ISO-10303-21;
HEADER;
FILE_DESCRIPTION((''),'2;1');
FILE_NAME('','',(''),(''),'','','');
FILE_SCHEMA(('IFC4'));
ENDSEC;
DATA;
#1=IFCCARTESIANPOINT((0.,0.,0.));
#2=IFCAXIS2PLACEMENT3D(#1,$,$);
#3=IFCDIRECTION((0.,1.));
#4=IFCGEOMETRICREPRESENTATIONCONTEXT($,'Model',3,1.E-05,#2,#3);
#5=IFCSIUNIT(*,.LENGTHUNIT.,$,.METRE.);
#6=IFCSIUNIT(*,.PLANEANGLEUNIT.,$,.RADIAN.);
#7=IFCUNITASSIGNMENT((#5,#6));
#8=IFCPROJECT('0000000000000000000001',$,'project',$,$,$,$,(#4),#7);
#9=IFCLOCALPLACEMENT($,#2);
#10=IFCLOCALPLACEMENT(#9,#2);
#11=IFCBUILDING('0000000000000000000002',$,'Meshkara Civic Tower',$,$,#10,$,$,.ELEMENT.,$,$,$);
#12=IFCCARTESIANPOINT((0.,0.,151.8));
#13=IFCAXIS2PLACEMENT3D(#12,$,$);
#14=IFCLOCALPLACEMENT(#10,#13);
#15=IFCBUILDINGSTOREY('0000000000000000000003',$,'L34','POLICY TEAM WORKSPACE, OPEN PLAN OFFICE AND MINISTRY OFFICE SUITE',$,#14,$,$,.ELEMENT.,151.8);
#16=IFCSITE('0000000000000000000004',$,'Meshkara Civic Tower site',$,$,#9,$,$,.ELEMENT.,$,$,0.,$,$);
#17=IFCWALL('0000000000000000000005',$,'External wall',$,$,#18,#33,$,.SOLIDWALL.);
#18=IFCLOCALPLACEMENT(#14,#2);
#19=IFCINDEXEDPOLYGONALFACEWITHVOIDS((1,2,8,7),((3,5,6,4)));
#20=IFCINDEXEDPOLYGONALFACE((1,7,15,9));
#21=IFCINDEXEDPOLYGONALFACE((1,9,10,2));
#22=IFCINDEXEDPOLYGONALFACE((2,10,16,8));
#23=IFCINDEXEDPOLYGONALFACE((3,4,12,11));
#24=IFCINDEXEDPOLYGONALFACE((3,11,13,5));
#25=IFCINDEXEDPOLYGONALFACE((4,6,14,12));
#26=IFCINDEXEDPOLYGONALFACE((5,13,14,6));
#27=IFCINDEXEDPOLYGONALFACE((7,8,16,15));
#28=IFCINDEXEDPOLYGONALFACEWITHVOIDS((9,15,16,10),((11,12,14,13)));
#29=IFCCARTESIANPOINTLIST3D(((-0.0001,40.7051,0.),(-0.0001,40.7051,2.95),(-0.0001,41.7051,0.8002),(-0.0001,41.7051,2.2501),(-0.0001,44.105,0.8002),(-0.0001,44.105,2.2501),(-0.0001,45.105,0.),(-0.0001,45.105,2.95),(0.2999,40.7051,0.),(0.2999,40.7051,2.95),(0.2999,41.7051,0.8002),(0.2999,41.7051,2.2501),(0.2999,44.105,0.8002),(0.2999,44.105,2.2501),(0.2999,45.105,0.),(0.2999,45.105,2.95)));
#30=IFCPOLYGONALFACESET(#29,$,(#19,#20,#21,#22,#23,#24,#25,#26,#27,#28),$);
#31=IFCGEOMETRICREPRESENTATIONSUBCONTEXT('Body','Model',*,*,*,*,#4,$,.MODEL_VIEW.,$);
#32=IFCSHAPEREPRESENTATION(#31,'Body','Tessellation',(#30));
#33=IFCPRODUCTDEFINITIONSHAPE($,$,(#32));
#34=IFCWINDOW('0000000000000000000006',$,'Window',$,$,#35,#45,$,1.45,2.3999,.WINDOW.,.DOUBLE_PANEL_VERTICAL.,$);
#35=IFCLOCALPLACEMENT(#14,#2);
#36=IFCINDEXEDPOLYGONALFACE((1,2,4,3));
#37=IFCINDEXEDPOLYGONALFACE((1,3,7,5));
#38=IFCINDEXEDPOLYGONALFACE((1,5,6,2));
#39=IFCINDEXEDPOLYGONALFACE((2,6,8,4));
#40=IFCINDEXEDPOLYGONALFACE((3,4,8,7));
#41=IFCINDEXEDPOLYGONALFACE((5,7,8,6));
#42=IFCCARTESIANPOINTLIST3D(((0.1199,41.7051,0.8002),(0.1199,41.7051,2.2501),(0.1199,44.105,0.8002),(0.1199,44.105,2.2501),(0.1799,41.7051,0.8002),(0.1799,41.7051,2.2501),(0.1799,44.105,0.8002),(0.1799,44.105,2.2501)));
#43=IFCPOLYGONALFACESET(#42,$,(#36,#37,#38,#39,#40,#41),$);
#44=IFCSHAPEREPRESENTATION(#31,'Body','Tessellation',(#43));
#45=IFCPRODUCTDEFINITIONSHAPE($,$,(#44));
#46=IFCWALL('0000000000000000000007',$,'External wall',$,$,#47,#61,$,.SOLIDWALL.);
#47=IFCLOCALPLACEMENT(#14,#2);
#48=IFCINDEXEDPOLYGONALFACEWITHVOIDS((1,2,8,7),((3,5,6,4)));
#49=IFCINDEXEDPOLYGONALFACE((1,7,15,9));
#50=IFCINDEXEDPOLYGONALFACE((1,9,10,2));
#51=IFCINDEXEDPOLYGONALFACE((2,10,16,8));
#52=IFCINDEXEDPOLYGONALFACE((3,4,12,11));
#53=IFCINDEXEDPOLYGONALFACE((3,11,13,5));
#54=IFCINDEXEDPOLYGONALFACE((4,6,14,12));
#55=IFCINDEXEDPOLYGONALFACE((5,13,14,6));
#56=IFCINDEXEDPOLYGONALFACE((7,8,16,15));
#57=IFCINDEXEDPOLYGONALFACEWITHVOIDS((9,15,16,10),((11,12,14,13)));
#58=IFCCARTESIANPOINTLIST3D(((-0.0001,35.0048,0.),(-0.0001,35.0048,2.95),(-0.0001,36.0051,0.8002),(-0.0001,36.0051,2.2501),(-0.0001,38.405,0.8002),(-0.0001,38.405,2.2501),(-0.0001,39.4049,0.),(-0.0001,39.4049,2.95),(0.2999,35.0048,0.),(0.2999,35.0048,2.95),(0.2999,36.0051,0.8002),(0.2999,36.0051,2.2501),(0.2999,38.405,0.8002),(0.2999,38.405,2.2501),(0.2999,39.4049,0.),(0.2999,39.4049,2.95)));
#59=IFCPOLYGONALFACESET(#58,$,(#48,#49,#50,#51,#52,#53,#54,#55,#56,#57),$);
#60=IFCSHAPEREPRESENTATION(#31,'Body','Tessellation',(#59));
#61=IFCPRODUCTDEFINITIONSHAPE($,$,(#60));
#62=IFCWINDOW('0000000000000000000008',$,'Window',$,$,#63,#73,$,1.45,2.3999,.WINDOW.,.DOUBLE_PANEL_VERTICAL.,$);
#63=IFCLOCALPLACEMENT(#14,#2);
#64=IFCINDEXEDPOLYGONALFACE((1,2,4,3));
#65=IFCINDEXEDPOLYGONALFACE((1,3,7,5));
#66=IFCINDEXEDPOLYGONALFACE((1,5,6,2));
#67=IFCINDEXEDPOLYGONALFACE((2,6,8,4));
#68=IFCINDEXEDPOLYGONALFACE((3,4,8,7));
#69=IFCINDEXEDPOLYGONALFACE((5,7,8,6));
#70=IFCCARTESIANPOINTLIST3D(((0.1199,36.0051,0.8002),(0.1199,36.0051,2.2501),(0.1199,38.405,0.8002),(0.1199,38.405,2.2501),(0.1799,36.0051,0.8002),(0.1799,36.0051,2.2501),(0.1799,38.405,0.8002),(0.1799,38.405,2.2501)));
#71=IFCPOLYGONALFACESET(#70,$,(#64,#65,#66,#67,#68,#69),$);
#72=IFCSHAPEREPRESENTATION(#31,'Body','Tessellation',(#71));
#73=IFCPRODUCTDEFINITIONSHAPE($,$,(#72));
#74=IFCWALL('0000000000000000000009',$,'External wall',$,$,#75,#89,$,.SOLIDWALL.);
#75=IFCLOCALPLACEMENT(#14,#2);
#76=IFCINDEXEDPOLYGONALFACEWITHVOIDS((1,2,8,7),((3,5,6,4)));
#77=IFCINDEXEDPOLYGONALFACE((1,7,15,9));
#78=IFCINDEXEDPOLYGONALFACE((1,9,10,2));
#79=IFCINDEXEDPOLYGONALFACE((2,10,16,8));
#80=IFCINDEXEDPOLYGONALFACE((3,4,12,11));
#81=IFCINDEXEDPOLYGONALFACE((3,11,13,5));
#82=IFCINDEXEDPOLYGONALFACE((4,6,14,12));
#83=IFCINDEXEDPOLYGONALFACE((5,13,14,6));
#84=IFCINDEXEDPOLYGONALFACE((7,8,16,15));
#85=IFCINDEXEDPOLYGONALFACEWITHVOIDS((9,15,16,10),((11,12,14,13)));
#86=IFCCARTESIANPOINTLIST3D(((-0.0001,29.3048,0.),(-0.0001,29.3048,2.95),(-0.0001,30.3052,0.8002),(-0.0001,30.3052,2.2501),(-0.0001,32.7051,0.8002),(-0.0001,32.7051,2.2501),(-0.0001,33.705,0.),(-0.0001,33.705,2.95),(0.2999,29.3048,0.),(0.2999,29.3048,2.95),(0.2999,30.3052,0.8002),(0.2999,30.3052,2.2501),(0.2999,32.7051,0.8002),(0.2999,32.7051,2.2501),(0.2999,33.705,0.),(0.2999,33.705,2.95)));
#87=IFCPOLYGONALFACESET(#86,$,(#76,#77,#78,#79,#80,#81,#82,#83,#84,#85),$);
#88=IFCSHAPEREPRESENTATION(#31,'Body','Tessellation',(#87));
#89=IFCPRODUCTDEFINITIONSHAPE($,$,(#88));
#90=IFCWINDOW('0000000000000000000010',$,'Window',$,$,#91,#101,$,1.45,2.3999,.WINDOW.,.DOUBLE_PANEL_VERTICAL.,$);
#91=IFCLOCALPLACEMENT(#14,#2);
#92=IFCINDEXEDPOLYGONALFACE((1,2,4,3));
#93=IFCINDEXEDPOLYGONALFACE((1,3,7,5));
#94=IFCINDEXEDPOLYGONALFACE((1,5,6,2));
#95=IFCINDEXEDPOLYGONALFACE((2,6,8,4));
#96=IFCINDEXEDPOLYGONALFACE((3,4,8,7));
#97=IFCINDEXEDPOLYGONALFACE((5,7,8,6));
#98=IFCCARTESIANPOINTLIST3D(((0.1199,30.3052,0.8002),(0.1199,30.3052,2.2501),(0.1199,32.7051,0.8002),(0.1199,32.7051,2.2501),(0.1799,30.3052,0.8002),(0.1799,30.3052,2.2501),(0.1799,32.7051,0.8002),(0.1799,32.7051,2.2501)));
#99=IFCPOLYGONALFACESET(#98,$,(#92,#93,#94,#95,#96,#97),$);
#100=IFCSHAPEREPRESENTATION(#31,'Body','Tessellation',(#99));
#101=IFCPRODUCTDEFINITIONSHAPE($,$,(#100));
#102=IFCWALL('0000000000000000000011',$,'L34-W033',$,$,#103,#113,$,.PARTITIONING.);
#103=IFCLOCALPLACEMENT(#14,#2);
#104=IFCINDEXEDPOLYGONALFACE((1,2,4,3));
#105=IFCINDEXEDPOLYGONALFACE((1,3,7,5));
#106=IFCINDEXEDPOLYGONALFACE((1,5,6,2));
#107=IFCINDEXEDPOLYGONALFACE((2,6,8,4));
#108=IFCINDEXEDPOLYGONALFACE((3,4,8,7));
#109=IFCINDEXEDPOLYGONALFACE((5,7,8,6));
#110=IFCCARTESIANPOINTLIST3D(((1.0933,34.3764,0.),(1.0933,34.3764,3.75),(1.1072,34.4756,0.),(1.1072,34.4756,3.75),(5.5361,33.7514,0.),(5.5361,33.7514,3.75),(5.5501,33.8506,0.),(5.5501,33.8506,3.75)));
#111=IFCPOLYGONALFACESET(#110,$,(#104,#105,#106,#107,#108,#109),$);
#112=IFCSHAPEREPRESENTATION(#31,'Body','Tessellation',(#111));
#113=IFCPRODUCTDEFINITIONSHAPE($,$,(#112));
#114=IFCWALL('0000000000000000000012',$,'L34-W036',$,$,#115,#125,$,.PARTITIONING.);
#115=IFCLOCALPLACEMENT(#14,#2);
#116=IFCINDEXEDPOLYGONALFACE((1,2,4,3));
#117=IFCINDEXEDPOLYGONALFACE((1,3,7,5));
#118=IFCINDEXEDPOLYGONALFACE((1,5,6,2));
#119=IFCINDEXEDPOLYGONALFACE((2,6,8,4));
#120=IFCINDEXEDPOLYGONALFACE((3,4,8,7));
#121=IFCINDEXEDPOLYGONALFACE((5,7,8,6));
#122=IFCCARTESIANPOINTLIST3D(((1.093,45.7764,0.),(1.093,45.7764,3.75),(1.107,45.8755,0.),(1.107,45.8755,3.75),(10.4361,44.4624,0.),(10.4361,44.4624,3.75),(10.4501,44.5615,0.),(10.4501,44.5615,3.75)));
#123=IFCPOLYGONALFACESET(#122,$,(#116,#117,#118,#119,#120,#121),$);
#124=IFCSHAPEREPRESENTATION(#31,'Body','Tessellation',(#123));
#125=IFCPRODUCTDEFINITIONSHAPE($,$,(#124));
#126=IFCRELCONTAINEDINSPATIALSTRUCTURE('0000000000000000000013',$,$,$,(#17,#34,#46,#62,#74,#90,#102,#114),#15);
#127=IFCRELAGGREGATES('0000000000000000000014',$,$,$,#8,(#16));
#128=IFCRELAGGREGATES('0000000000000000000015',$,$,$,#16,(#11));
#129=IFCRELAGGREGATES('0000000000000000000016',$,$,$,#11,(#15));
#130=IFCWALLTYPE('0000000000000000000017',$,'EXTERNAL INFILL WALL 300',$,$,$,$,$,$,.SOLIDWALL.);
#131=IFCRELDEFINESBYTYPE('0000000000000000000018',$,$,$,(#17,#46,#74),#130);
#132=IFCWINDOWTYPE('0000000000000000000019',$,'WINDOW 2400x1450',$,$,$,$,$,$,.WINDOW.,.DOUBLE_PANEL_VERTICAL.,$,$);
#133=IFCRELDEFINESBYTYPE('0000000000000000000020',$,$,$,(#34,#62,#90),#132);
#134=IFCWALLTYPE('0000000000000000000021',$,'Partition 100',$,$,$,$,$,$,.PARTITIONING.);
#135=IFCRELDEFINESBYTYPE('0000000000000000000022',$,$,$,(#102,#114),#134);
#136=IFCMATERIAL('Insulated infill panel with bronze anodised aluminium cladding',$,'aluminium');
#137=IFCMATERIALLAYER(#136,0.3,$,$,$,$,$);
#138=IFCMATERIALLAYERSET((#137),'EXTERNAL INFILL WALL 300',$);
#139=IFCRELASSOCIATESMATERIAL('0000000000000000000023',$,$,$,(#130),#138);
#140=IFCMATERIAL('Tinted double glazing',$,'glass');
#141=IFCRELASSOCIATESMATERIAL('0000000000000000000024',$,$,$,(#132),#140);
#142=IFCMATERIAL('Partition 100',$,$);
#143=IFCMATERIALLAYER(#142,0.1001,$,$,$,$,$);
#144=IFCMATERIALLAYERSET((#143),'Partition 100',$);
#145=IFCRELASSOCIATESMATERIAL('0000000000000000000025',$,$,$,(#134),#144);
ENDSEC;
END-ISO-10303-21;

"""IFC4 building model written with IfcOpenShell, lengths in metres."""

from ifc_helpers import new_model, si_unit, direction, frame, frame_2d, origin, place, context, subcontext, project, spatial, rectangle, extrude, material, layer, layer_set, type_object, element, fill, save


model = new_model("IFC4")

# Units and contexts
model_context = context("Model", 3, precision=1e-05, world=origin(), true_north=direction((0.0, 1.0)))
body_context = subcontext(model_context, "Body", "Model", "MODEL_VIEW")
ifc_project = project(units=[si_unit("LENGTHUNIT", "METRE"), si_unit("PLANEANGLEUNIT", "RADIAN")], contexts=[model_context])

# Site, building, storey
site_placement = place(None, origin())
site = spatial("IfcSite", under=ifc_project, at=site_placement, Name="Meshkara Civic Tower site", CompositionType="ELEMENT", RefElevation=0.0)
building_placement = place(site_placement, origin())
building = spatial("IfcBuilding", under=site, at=building_placement, Name="Meshkara Civic Tower", CompositionType="ELEMENT")
storey_placement = place(building_placement, frame((0.0, 0.0, 151.8)))
storey = spatial("IfcBuildingStorey", under=building, at=storey_placement, Name="L34", Description="POLICY TEAM WORKSPACE, OPEN PLAN OFFICE AND MINISTRY OFFICE SUITE", CompositionType="ELEMENT", Elevation=151.8)

# Walls, openings, windows
ifc_material_1 = material(Name="Insulated infill panel with bronze anodised aluminium cladding", Category="aluminium")
ifc_layer_1 = layer(ifc_material_1, 0.3)
ifc_layer_set_1 = layer_set([ifc_layer_1], Name="EXTERNAL INFILL WALL 300")
wall_type_1 = type_object("IfcWallType", Name="EXTERNAL INFILL WALL 300", PredefinedType="SOLIDWALL", material=ifc_layer_set_1)
wall_1_placement = place(storey_placement, frame((0.1499, 45.105, 0.0), z_axis=(0.0, 0.0, 1.0), x_axis=(0.0, -1.0, 0.0)))
wall_1 = element("IfcWall", 1, at=wall_1_placement, inside=storey, type_object=wall_type_1, Name="External wall", PredefinedType="SOLIDWALL", context=body_context, shape_type="SweptSolid", body=[
    extrude(rectangle(XDim=4.3999, YDim=0.3, at=frame_2d((2.2, 0.0))), origin(), (0.0, 0.0, 1.0), 2.95),
])
opening_1_placement = place(wall_1_placement, frame((1.0, 0.0, 0.8)))
opening_1 = element("IfcOpeningElement", 2, at=opening_1_placement, cuts=wall_1, PredefinedType="OPENING", context=body_context, shape_type="SweptSolid", body=[
    extrude(rectangle(XDim=2.3999, YDim=1.45, at=frame_2d((1.2, 0.7251))), frame((0.0, 0.1599, 0.0), z_axis=(0.0, -1.0, 0.0), x_axis=(1.0, 0.0, 0.0)), (0.0, 0.0, 1.0), 0.3201),
])
ifc_material_2 = material(Name="Tinted double glazing", Category="glass")
window_type = type_object("IfcWindowType", Name="WINDOW 2400x1450", PartitioningType="DOUBLE_PANEL_VERTICAL", PredefinedType="WINDOW", material=ifc_material_2)
window_1_placement = place(opening_1_placement, origin())
window_1 = element("IfcWindow", 3, at=window_1_placement, inside=storey, type_object=window_type, Name="Window", OverallHeight=1.45, OverallWidth=2.3999, PartitioningType="DOUBLE_PANEL_VERTICAL", PredefinedType="WINDOW", context=body_context, shape_type="SweptSolid", body=[
    extrude(rectangle(XDim=2.3999, YDim=1.45, at=frame_2d((1.2, 0.7251))), frame((0.0, 0.03, 0.0), z_axis=(0.0, -1.0, 0.0), x_axis=(1.0, 0.0, 0.0)), (0.0, 0.0, 1.0), 0.0601),
])
fill(opening_1, window_1)
wall_2_placement = place(storey_placement, frame((0.1499, 39.405, 0.0), z_axis=(0.0, 0.0, 1.0), x_axis=(0.0, -1.0, 0.0)))
wall_2 = element("IfcWall", 4, at=wall_2_placement, inside=storey, type_object=wall_type_1, Name="External wall", PredefinedType="SOLIDWALL", context=body_context, shape_type="SweptSolid", body=[
    extrude(rectangle(XDim=4.4001, YDim=0.3, at=frame_2d((2.2002, 0.0))), origin(), (0.0, 0.0, 1.0), 2.95),
])
opening_2_placement = place(wall_2_placement, frame((1.0, 0.0, 0.8)))
opening_2 = element("IfcOpeningElement", 5, at=opening_2_placement, cuts=wall_2, PredefinedType="OPENING", context=body_context, shape_type="SweptSolid", body=[
    extrude(rectangle(XDim=2.3999, YDim=1.45, at=frame_2d((1.2, 0.7251))), frame((0.0, 0.1599, 0.0), z_axis=(0.0, -1.0, 0.0), x_axis=(1.0, 0.0, 0.0)), (0.0, 0.0, 1.0), 0.3201),
])
window_2_placement = place(opening_2_placement, origin())
window_2 = element("IfcWindow", 6, at=window_2_placement, inside=storey, type_object=window_type, Name="Window", OverallHeight=1.45, OverallWidth=2.3999, PartitioningType="DOUBLE_PANEL_VERTICAL", PredefinedType="WINDOW", context=body_context, shape_type="SweptSolid", body=[
    extrude(rectangle(XDim=2.3999, YDim=1.45, at=frame_2d((1.2, 0.7251))), frame((0.0, 0.03, 0.0), z_axis=(0.0, -1.0, 0.0), x_axis=(1.0, 0.0, 0.0)), (0.0, 0.0, 1.0), 0.0601),
])
fill(opening_2, window_2)
wall_3_placement = place(storey_placement, frame((0.1499, 33.7051, 0.0), z_axis=(0.0, 0.0, 1.0), x_axis=(0.0, -1.0, 0.0)))
wall_3 = element("IfcWall", 7, at=wall_3_placement, inside=storey, type_object=wall_type_1, Name="External wall", PredefinedType="SOLIDWALL", context=body_context, shape_type="SweptSolid", body=[
    extrude(rectangle(XDim=4.4001, YDim=0.3, at=frame_2d((2.2002, 0.0))), origin(), (0.0, 0.0, 1.0), 2.95),
])
opening_3_placement = place(wall_3_placement, frame((1.0, 0.0, 0.8)))
opening_3 = element("IfcOpeningElement", 8, at=opening_3_placement, cuts=wall_3, PredefinedType="OPENING", context=body_context, shape_type="SweptSolid", body=[
    extrude(rectangle(XDim=2.3999, YDim=1.45, at=frame_2d((1.2, 0.7251))), frame((0.0, 0.1599, 0.0), z_axis=(0.0, -1.0, 0.0), x_axis=(1.0, 0.0, 0.0)), (0.0, 0.0, 1.0), 0.3201),
])
window_3_placement = place(opening_3_placement, origin())
window_3 = element("IfcWindow", 9, at=window_3_placement, inside=storey, type_object=window_type, Name="Window", OverallHeight=1.45, OverallWidth=2.3999, PartitioningType="DOUBLE_PANEL_VERTICAL", PredefinedType="WINDOW", context=body_context, shape_type="SweptSolid", body=[
    extrude(rectangle(XDim=2.3999, YDim=1.45, at=frame_2d((1.2, 0.7251))), frame((0.0, 0.03, 0.0), z_axis=(0.0, -1.0, 0.0), x_axis=(1.0, 0.0, 0.0)), (0.0, 0.0, 1.0), 0.0601),
])
fill(opening_3, window_3)

# Walls
ifc_material_3 = material(Name="Partition 100")
ifc_layer_2 = layer(ifc_material_3, 0.1001)
ifc_layer_set_2 = layer_set([ifc_layer_2], Name="Partition 100")
wall_type_2 = type_object("IfcWallType", Name="Partition 100", PredefinedType="PARTITIONING", material=ifc_layer_set_2)
wall_4_placement = place(storey_placement, frame((5.543, 33.801, 0.0), z_axis=(0.0, 0.0, 1.0), x_axis=(-0.99025, 0.139303, 0.0)))
element("IfcWall", 10, at=wall_4_placement, inside=storey, type_object=wall_type_2, Name="L34-W033", PredefinedType="PARTITIONING", context=body_context, shape_type="SweptSolid", body=[
    extrude(rectangle(XDim=4.4866, YDim=0.1001, at=frame_2d((2.2432, 0.0))), origin(), (0.0, 0.0, 1.0), 3.75),
])
wall_5_placement = place(storey_placement, frame((10.4431, 44.512, 0.0), z_axis=(0.0, 0.0, 1.0), x_axis=(-0.990255, 0.139266, 0.0)))
element("IfcWall", 11, at=wall_5_placement, inside=storey, type_object=wall_type_2, Name="L34-W036", PredefinedType="PARTITIONING", context=body_context, shape_type="SweptSolid", body=[
    extrude(rectangle(XDim=9.4351, YDim=0.1001, at=frame_2d((4.7175, 0.0))), origin(), (0.0, 0.0, 1.0), 3.75),
])

save(model, "model.ifc")
